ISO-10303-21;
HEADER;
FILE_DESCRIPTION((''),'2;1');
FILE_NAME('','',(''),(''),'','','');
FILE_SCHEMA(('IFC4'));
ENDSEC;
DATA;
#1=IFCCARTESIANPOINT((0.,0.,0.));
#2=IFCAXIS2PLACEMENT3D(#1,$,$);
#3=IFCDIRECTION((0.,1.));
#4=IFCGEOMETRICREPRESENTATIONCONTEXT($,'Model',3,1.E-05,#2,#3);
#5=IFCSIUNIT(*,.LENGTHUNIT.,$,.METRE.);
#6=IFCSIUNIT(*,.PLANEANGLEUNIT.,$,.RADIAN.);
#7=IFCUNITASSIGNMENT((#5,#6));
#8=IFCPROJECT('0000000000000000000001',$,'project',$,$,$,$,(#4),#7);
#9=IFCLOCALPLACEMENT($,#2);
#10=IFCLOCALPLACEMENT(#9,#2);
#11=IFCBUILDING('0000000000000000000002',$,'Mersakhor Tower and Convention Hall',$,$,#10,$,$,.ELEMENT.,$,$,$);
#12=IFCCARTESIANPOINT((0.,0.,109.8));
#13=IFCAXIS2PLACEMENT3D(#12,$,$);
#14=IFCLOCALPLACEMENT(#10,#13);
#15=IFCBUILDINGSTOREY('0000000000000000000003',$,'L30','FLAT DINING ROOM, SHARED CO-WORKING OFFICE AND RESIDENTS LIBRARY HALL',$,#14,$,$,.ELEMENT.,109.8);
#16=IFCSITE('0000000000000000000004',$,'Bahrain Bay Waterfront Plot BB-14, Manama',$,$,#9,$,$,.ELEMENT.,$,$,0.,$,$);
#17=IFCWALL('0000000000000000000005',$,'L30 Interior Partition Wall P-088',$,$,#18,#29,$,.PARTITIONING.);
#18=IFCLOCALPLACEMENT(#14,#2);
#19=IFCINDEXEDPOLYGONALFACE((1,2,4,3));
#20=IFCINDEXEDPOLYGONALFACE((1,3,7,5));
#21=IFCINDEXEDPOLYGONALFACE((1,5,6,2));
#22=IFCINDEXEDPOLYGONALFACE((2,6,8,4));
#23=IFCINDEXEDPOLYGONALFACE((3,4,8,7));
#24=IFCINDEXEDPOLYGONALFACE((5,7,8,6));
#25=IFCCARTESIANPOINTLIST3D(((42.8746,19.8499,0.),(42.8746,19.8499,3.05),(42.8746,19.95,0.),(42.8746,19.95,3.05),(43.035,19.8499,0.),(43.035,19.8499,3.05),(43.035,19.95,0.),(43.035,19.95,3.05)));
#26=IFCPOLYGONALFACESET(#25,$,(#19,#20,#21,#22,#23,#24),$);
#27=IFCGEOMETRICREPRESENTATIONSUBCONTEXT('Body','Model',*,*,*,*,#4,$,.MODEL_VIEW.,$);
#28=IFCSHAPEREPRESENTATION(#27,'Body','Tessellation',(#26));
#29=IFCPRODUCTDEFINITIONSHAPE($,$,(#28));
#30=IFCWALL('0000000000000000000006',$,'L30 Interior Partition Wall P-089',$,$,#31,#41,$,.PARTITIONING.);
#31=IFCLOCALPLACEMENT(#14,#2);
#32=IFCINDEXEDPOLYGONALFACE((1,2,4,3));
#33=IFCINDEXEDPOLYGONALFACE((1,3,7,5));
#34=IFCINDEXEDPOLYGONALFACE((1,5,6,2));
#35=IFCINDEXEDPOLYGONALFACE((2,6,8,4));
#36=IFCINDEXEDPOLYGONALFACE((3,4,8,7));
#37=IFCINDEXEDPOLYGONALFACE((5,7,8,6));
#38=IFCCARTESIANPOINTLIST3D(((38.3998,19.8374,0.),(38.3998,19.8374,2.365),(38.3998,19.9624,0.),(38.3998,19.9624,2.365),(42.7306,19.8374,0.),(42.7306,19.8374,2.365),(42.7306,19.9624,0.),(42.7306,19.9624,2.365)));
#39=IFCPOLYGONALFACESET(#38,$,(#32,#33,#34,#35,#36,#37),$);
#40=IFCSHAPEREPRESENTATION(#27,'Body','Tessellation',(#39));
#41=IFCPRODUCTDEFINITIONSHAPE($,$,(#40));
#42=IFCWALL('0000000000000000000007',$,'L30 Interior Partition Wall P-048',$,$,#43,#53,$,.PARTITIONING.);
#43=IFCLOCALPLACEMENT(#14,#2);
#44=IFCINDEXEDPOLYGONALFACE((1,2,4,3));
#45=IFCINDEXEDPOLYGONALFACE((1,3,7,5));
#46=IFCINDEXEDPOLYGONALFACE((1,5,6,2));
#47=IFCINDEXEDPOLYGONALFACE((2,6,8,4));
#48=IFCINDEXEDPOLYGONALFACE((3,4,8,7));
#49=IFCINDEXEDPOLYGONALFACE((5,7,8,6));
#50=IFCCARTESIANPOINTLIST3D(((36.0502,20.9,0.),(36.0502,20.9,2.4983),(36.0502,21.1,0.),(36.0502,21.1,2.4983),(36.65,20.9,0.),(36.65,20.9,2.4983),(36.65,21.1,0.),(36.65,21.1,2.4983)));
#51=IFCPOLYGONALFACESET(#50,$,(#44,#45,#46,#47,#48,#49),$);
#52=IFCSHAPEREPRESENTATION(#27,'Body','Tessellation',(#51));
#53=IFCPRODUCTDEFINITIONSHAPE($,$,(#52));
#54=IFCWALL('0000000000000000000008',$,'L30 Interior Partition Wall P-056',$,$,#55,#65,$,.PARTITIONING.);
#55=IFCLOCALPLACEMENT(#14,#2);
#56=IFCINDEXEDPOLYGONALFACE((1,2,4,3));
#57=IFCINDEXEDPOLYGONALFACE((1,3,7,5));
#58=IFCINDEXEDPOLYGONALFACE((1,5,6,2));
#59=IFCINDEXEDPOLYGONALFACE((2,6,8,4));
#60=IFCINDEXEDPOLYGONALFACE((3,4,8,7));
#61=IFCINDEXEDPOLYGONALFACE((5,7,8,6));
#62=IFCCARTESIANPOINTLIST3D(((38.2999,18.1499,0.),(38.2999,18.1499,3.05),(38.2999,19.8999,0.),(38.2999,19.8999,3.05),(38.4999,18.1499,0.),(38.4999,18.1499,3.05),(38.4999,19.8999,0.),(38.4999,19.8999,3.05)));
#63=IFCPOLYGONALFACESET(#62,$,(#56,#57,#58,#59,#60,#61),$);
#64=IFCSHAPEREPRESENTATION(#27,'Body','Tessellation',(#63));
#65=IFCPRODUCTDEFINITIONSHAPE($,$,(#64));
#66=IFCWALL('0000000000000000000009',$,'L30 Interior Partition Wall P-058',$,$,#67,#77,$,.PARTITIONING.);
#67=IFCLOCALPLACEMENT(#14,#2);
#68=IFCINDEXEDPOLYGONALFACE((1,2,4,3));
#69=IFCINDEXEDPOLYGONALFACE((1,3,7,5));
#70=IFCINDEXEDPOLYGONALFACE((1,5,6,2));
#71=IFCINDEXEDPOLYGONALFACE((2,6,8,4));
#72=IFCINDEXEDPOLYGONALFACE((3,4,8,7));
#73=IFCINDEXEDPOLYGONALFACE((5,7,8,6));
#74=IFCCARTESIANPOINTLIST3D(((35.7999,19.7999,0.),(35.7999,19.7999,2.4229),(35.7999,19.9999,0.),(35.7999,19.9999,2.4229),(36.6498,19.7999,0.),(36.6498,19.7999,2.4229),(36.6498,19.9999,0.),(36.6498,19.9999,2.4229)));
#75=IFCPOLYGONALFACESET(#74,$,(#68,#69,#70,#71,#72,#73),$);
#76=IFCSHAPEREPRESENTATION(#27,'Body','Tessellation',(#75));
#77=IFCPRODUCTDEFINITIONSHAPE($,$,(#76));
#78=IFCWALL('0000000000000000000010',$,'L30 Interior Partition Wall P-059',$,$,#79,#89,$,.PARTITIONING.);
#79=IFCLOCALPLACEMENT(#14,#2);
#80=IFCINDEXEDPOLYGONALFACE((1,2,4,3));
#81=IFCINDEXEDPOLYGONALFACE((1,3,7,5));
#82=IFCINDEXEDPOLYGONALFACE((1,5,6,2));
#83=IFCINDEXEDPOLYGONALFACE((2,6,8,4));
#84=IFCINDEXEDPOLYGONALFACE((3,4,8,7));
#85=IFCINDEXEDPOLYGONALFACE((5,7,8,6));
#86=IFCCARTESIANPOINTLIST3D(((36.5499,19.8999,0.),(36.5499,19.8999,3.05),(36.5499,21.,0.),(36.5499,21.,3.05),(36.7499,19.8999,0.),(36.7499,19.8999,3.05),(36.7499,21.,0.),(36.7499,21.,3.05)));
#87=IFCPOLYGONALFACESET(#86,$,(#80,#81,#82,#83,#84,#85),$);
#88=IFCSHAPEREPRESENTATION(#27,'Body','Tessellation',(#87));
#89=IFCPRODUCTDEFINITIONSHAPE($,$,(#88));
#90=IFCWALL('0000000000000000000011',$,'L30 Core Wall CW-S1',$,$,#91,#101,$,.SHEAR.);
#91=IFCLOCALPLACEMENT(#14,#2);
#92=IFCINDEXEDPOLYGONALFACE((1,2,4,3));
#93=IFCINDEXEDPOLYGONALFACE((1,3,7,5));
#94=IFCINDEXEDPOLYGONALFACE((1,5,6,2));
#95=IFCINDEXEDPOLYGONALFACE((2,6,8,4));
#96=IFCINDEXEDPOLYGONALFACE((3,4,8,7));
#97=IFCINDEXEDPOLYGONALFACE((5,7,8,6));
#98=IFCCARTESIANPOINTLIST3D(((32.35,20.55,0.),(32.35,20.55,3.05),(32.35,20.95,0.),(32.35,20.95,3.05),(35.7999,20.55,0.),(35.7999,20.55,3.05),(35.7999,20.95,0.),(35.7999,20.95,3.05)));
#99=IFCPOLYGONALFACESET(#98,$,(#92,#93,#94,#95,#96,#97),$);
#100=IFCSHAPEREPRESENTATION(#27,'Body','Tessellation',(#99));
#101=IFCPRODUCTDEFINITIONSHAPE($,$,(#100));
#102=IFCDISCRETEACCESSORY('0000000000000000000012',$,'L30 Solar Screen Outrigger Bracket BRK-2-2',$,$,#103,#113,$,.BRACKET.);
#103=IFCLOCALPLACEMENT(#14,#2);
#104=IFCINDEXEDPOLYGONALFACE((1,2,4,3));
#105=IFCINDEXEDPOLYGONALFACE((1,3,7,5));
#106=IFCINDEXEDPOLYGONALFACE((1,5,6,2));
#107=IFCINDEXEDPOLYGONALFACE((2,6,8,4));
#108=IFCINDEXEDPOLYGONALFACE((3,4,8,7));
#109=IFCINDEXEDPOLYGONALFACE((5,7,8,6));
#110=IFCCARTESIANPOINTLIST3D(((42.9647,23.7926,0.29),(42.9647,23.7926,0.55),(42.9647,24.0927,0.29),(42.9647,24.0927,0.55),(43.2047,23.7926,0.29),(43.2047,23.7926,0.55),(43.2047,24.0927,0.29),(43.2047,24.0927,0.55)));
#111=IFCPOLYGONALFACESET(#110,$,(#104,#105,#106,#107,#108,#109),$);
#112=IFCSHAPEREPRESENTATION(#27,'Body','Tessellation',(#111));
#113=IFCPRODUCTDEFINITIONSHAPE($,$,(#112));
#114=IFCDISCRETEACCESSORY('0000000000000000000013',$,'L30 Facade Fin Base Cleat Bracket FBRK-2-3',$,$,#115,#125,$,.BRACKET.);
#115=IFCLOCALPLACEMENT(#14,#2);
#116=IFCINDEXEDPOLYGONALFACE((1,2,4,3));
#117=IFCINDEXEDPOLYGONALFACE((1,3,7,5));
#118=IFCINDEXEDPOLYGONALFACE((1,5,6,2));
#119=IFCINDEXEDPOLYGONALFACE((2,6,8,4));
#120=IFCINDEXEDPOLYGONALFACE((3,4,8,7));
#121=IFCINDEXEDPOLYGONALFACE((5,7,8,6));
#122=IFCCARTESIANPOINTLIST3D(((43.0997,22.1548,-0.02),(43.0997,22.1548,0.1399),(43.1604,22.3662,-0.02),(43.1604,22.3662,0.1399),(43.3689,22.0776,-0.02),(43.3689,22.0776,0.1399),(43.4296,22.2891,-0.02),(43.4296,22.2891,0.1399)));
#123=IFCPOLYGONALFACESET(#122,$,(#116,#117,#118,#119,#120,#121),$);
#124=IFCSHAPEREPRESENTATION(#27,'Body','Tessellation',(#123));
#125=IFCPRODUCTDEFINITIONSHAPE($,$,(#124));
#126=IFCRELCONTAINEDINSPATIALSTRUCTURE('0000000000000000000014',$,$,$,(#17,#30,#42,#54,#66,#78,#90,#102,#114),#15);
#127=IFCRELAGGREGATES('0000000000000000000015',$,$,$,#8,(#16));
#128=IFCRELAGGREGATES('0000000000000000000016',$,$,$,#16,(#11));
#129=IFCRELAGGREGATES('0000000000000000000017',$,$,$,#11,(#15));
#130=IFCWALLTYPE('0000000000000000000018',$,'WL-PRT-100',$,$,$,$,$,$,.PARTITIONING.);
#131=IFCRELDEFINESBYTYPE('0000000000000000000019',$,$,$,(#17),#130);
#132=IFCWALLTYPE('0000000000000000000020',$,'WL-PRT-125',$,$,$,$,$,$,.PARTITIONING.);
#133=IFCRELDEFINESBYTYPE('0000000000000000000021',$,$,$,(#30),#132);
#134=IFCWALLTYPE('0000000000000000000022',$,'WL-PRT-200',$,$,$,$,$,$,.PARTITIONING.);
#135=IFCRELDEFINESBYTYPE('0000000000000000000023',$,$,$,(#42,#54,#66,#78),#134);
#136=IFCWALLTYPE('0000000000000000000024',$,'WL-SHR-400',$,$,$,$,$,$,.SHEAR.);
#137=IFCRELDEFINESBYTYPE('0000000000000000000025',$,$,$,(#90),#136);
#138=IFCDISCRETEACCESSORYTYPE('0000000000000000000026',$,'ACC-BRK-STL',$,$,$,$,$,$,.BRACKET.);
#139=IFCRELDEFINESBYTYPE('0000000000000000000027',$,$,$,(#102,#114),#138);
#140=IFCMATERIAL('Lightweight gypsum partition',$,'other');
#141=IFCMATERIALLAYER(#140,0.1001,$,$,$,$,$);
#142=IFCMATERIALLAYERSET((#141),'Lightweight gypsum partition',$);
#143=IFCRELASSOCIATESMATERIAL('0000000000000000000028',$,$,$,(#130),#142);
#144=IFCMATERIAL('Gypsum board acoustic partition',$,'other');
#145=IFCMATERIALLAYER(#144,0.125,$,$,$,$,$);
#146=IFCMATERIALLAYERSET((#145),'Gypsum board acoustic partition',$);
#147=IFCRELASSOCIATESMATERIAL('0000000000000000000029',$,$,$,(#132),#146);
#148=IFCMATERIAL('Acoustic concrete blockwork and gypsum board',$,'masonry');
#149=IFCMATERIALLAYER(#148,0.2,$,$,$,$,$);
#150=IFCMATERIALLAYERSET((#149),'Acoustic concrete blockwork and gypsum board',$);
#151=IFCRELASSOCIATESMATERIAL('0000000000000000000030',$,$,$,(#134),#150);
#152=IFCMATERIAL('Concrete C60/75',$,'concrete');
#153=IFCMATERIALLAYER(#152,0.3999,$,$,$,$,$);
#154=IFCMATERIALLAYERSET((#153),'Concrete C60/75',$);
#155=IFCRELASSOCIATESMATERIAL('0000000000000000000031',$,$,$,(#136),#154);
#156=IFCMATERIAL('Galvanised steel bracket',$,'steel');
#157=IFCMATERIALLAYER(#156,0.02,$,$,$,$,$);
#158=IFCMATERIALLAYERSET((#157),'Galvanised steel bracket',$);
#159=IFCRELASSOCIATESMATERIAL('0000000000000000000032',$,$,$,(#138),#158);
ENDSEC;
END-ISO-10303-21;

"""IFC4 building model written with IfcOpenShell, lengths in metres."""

from ifc_helpers import new_model, si_unit, direction, frame, frame_2d, origin, origin_2d, place, context, subcontext, project, spatial, rectangle, extrude, material, layer, layer_set, type_object, element, save


model = new_model("IFC4")

# Units and contexts
model_context = context("Model", 3, precision=1e-05, world=origin(), true_north=direction((0.0, 1.0)))
body_context = subcontext(model_context, "Body", "Model", "MODEL_VIEW")
ifc_project = project(units=[si_unit("LENGTHUNIT", "METRE"), si_unit("PLANEANGLEUNIT", "RADIAN")], contexts=[model_context])

# Site, building, storey
site_placement = place(None, origin())
site = spatial("IfcSite", under=ifc_project, at=site_placement, Name="Bahrain Bay Waterfront Plot BB-14, Manama", CompositionType="ELEMENT", RefElevation=0.0)
building_placement = place(site_placement, origin())
building = spatial("IfcBuilding", under=site, at=building_placement, Name="Mersakhor Tower and Convention Hall", CompositionType="ELEMENT")
storey_placement = place(building_placement, frame((0.0, 0.0, 109.8)))
storey = spatial("IfcBuildingStorey", under=building, at=storey_placement, Name="L30", Description="FLAT DINING ROOM, SHARED CO-WORKING OFFICE AND RESIDENTS LIBRARY HALL", CompositionType="ELEMENT", Elevation=109.8)

# Walls
ifc_material_1 = material(Name="Lightweight gypsum partition", Category="other")
ifc_layer_1 = layer(ifc_material_1, 0.1001)
ifc_layer_set_1 = layer_set([ifc_layer_1], Name="Lightweight gypsum partition")
wall_type_1 = type_object("IfcWallType", Name="WL-PRT-100", PredefinedType="PARTITIONING", material=ifc_layer_set_1)
wall_1_placement = place(storey_placement, frame((43.0349, 19.8999, 0.0), z_axis=(0.0, 0.0, 1.0), x_axis=(-1.0, 0.0, 0.0)))
element("IfcWall", 1, at=wall_1_placement, inside=storey, type_object=wall_type_1, Name="L30 Interior Partition Wall P-088", PredefinedType="PARTITIONING", context=body_context, shape_type="SweptSolid", body=[
    extrude(rectangle(XDim=0.1604, YDim=0.1001, at=frame_2d((0.0801, 0.0))), origin(), (0.0, 0.0, 1.0), 3.05),
])
ifc_material_2 = material(Name="Gypsum board acoustic partition", Category="other")
ifc_layer_2 = layer(ifc_material_2, 0.125)
ifc_layer_set_2 = layer_set([ifc_layer_2], Name="Gypsum board acoustic partition")
wall_type_2 = type_object("IfcWallType", Name="WL-PRT-125", PredefinedType="PARTITIONING", material=ifc_layer_set_2)
wall_2_placement = place(storey_placement, frame((42.7307, 19.8999, 0.0), z_axis=(0.0, 0.0, 1.0), x_axis=(-1.0, 0.0, 0.0)))
element("IfcWall", 2, at=wall_2_placement, inside=storey, type_object=wall_type_2, Name="L30 Interior Partition Wall P-089", PredefinedType="PARTITIONING", context=body_context, shape_type="SweptSolid", body=[
    extrude(rectangle(XDim=4.3308, YDim=0.125, at=frame_2d((2.1655, 0.0))), origin(), (0.0, 0.0, 1.0), 2.365),
])
ifc_material_3 = material(Name="Acoustic concrete blockwork and gypsum board", Category="masonry")
ifc_layer_3 = layer(ifc_material_3, 0.2)
ifc_layer_set_3 = layer_set([ifc_layer_3], Name="Acoustic concrete blockwork and gypsum board")
wall_type_3 = type_object("IfcWallType", Name="WL-PRT-200", PredefinedType="PARTITIONING", material=ifc_layer_set_3)
wall_3_placement = place(storey_placement, frame((36.6499, 21.0, 0.0), z_axis=(0.0, 0.0, 1.0), x_axis=(-1.0, 0.0, 0.0)))
element("IfcWall", 3, at=wall_3_placement, inside=storey, type_object=wall_type_3, Name="L30 Interior Partition Wall P-048", PredefinedType="PARTITIONING", context=body_context, shape_type="SweptSolid", body=[
    extrude(rectangle(XDim=0.5999, YDim=0.2, at=frame_2d((0.2998, 0.0))), origin(), (0.0, 0.0, 1.0), 2.4983),
])
wall_4_placement = place(storey_placement, frame((38.3999, 19.8999, 0.0), z_axis=(0.0, 0.0, 1.0), x_axis=(0.0, -1.0, 0.0)))
element("IfcWall", 4, at=wall_4_placement, inside=storey, type_object=wall_type_3, Name="L30 Interior Partition Wall P-056", PredefinedType="PARTITIONING", context=body_context, shape_type="SweptSolid", body=[
    extrude(rectangle(XDim=1.75, YDim=0.2, at=frame_2d((0.875, 0.0))), origin(), (0.0, 0.0, 1.0), 3.05),
])
wall_5_placement = place(storey_placement, frame((35.8, 19.8999, 0.0), z_axis=(0.0, 0.0, 1.0), x_axis=(1.0, 0.0, 0.0)))
element("IfcWall", 5, at=wall_5_placement, inside=storey, type_object=wall_type_3, Name="L30 Interior Partition Wall P-058", PredefinedType="PARTITIONING", context=body_context, shape_type="SweptSolid", body=[
    extrude(rectangle(XDim=0.8499, YDim=0.2, at=frame_2d((0.4248, 0.0))), origin(), (0.0, 0.0, 1.0), 2.4229),
])
wall_6_placement = place(storey_placement, frame((36.6499, 19.8999, 0.0), z_axis=(0.0, 0.0, 1.0), x_axis=(0.0, 1.0, 0.0)))
element("IfcWall", 6, at=wall_6_placement, inside=storey, type_object=wall_type_3, Name="L30 Interior Partition Wall P-059", PredefinedType="PARTITIONING", context=body_context, shape_type="SweptSolid", body=[
    extrude(rectangle(XDim=1.1001, YDim=0.2, at=frame_2d((0.55, 0.0))), origin(), (0.0, 0.0, 1.0), 3.05),
])
ifc_material_4 = material(Name="Concrete C60/75", Category="concrete")
ifc_layer_4 = layer(ifc_material_4, 0.3999)
ifc_layer_set_4 = layer_set([ifc_layer_4], Name="Concrete C60/75")
wall_type_4 = type_object("IfcWallType", Name="WL-SHR-400", PredefinedType="SHEAR", material=ifc_layer_set_4)
wall_7_placement = place(storey_placement, frame((35.8, 20.75, 0.0), z_axis=(0.0, 0.0, 1.0), x_axis=(-1.0, 0.0, 0.0)))
element("IfcWall", 7, at=wall_7_placement, inside=storey, type_object=wall_type_4, Name="L30 Core Wall CW-S1", PredefinedType="SHEAR", context=body_context, shape_type="SweptSolid", body=[
    extrude(rectangle(XDim=3.45, YDim=0.3999, at=frame_2d((1.7251, 0.0))), origin(), (0.0, 0.0, 1.0), 3.05),
])

# Discrete accessories
ifc_material_5 = material(Name="Galvanised steel bracket", Category="steel")
ifc_layer_5 = layer(ifc_material_5, 0.02)
ifc_layer_set_5 = layer_set([ifc_layer_5], Name="Galvanised steel bracket")
discrete_accessory_type = type_object("IfcDiscreteAccessoryType", Name="ACC-BRK-STL", PredefinedType="BRACKET", material=ifc_layer_set_5)
discrete_accessory_1_placement = place(storey_placement, frame((43.0847, 23.9426, 0.29), z_axis=(0.0, 0.0, 1.0), x_axis=(0.0, -1.0, 0.0)))
element("IfcDiscreteAccessory", 8, at=discrete_accessory_1_placement, inside=storey, type_object=discrete_accessory_type, Name="L30 Solar Screen Outrigger Bracket BRK-2-2", PredefinedType="BRACKET", context=body_context, shape_type="SweptSolid", body=[
    extrude(rectangle(XDim=0.3, YDim=0.24, at=origin_2d()), origin(), (0.0, 0.0, 1.0), 0.26),
])
discrete_accessory_2_placement = place(storey_placement, frame((43.2646, 22.2219, -0.02), z_axis=(0.0, 0.0, 1.0), x_axis=(0.961262, -0.275637, 0.0)))
element("IfcDiscreteAccessory", 9, at=discrete_accessory_2_placement, inside=storey, type_object=discrete_accessory_type, Name="L30 Facade Fin Base Cleat Bracket FBRK-2-3", PredefinedType="BRACKET", context=body_context, shape_type="SweptSolid", body=[
    extrude(rectangle(XDim=0.28, YDim=0.22, at=origin_2d()), origin(), (0.0, 0.0, 1.0), 0.1599),
])

save(model, "model.ifc")
